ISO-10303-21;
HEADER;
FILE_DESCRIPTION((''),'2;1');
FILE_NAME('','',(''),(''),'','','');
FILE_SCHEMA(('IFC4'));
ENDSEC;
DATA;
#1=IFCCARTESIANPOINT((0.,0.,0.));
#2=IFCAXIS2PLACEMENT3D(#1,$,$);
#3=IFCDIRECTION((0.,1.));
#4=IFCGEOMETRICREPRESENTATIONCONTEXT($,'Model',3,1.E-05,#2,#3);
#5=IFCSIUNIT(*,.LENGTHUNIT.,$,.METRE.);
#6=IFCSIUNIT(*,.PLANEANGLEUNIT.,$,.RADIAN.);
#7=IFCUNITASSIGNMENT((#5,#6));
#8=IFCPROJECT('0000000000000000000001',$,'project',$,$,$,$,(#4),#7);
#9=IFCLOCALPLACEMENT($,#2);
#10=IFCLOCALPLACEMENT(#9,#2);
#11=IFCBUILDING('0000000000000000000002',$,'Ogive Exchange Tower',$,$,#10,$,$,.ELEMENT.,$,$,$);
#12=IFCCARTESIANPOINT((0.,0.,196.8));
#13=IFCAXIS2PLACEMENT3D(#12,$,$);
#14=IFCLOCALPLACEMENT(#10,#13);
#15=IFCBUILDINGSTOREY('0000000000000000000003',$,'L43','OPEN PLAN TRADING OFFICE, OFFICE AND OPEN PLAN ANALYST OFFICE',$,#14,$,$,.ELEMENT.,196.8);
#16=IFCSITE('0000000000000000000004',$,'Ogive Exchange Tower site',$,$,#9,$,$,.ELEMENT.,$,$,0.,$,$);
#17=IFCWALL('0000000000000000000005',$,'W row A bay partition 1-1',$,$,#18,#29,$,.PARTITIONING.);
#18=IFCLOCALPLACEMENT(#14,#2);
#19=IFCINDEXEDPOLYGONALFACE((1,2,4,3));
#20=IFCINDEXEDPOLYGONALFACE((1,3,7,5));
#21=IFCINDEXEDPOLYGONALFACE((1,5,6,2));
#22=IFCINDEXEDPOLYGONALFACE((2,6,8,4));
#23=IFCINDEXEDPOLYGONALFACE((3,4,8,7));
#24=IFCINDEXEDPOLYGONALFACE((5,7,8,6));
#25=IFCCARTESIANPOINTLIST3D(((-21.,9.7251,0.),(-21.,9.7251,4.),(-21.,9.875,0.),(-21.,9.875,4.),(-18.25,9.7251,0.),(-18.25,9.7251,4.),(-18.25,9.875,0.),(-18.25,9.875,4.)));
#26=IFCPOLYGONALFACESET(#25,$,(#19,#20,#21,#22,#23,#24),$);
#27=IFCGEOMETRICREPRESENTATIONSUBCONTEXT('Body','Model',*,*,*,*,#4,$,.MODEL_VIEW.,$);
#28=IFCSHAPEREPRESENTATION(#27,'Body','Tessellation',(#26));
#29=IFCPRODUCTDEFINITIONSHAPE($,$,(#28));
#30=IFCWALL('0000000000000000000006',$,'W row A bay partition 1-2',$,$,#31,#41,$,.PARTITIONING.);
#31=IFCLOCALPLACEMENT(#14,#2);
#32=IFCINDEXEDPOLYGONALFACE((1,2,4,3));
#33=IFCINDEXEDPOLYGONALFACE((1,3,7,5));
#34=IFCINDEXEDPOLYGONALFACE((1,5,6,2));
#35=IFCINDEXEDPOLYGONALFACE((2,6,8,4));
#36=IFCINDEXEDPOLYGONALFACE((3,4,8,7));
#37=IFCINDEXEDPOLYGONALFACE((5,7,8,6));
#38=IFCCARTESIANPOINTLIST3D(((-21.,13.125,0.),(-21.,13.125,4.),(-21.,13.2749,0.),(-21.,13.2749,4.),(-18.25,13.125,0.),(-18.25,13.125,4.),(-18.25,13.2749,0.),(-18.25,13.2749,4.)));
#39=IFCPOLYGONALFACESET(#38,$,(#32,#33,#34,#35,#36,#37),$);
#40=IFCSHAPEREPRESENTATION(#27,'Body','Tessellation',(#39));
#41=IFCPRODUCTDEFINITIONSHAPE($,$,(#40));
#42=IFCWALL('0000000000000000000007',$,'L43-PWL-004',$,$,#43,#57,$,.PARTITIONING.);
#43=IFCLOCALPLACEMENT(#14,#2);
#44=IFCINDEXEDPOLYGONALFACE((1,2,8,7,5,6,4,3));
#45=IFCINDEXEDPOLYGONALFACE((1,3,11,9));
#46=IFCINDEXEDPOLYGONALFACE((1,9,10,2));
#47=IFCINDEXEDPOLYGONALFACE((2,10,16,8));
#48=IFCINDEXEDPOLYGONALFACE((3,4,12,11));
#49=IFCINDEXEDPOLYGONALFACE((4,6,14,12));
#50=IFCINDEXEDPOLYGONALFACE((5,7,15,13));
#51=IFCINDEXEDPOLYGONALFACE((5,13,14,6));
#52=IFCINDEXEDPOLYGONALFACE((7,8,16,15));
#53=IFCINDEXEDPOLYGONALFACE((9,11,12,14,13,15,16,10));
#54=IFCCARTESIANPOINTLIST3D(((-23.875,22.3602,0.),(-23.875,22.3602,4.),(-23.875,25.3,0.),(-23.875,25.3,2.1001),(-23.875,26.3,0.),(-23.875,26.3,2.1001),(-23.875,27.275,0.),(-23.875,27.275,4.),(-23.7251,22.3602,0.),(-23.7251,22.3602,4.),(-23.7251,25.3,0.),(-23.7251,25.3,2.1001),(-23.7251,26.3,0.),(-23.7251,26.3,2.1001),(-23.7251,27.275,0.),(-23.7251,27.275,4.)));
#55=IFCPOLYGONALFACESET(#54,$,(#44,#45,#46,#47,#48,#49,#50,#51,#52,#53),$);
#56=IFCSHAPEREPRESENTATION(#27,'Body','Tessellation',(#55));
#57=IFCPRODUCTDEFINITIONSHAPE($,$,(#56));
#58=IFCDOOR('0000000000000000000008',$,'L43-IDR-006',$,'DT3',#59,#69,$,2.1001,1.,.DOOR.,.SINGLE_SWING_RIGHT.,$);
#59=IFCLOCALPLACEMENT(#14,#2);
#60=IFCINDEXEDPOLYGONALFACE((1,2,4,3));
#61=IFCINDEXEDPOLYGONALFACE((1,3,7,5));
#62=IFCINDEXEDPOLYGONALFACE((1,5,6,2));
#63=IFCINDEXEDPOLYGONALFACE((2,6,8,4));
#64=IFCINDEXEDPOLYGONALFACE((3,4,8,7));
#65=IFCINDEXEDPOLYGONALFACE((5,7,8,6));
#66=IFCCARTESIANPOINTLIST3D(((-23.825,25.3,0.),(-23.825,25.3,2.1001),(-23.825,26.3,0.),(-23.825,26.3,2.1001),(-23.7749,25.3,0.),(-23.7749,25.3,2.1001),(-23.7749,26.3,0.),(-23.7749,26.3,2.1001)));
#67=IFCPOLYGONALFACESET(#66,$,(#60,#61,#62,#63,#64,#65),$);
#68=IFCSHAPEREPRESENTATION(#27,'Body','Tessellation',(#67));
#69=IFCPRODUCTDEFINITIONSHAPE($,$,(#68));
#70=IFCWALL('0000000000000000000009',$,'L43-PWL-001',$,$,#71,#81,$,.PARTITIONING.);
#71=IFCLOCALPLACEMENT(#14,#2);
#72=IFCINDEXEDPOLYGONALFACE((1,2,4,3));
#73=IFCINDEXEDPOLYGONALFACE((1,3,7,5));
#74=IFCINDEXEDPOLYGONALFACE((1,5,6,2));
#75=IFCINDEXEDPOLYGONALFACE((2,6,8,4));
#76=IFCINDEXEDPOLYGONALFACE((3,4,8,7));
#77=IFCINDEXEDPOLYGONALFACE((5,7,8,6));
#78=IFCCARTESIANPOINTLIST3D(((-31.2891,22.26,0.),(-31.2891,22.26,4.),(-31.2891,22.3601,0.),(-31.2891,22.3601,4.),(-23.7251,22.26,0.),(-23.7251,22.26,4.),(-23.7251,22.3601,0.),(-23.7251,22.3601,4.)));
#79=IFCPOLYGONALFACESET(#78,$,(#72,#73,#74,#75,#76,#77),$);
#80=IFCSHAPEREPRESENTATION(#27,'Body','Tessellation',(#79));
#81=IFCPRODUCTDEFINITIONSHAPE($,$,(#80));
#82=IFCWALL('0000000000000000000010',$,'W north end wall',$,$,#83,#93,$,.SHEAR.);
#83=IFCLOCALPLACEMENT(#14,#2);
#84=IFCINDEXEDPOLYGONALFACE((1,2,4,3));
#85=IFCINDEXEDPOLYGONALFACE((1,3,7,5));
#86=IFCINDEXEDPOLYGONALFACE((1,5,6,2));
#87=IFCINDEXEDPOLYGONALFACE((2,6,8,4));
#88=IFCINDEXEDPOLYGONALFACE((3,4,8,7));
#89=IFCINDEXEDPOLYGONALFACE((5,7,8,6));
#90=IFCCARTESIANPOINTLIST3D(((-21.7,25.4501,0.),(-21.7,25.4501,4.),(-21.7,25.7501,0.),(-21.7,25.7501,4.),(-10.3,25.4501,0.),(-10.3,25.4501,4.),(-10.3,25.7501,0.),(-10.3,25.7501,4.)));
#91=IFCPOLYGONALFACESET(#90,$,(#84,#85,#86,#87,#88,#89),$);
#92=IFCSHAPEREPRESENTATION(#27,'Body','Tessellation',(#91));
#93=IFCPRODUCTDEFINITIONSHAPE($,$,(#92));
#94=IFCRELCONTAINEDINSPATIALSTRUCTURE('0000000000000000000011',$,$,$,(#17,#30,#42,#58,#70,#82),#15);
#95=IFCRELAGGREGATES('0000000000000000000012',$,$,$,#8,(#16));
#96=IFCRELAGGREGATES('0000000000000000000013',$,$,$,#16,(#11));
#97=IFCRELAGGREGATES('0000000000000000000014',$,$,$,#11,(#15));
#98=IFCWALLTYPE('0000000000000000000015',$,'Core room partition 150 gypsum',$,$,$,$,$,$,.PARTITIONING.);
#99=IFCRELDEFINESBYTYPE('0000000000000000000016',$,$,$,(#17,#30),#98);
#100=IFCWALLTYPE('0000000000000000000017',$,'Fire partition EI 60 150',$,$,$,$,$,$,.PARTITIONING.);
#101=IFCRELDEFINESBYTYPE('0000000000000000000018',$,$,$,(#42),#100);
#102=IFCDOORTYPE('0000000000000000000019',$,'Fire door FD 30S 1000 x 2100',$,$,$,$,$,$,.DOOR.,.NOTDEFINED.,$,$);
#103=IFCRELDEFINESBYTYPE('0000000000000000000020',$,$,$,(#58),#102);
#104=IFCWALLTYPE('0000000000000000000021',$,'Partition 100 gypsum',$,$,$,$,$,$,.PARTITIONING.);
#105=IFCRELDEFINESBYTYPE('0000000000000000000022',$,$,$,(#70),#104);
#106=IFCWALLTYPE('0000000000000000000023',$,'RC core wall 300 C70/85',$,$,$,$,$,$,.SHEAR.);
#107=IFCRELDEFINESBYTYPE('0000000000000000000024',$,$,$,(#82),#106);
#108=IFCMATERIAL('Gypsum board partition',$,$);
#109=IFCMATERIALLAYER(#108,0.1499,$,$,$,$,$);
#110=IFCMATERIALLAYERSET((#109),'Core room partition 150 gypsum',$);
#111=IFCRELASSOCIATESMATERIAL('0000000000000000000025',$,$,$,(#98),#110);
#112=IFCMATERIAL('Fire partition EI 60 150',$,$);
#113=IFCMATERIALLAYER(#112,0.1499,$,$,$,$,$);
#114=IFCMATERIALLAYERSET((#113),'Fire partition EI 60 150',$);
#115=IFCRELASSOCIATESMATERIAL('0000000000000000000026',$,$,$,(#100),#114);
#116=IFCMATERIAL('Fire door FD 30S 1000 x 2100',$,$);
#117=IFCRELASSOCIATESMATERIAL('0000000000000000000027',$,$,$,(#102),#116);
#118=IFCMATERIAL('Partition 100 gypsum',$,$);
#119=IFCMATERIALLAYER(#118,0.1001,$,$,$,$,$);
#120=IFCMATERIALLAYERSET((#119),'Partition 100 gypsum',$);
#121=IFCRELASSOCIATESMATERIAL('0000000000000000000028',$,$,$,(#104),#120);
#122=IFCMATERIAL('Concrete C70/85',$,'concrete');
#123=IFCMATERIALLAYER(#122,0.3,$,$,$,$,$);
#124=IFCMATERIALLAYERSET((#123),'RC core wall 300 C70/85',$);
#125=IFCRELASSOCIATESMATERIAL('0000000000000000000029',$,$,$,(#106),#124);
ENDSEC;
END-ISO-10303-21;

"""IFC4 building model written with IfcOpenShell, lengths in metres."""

from ifc_helpers import new_model, si_unit, direction, frame, frame_2d, origin, place, context, subcontext, project, spatial, rectangle, extrude, material, layer, layer_set, type_object, element, fill, save


model = new_model("IFC4")

# Units and contexts
model_context = context("Model", 3, precision=1e-05, world=origin(), true_north=direction((0.0, 1.0)))
body_context = subcontext(model_context, "Body", "Model", "MODEL_VIEW")
ifc_project = project(units=[si_unit("LENGTHUNIT", "METRE"), si_unit("PLANEANGLEUNIT", "RADIAN")], contexts=[model_context])

# Site, building, storey
site_placement = place(None, origin())
site = spatial("IfcSite", under=ifc_project, at=site_placement, Name="Ogive Exchange Tower site", CompositionType="ELEMENT", RefElevation=0.0)
building_placement = place(site_placement, origin())
building = spatial("IfcBuilding", under=site, at=building_placement, Name="Ogive Exchange Tower", CompositionType="ELEMENT")
storey_placement = place(building_placement, frame((0.0, 0.0, 196.8)))
storey = spatial("IfcBuildingStorey", under=building, at=storey_placement, Name="L43", Description="OPEN PLAN TRADING OFFICE, OFFICE AND OPEN PLAN ANALYST OFFICE", CompositionType="ELEMENT", Elevation=196.8)

# Walls
ifc_material_1 = material(Name="Gypsum board partition")
ifc_layer_1 = layer(ifc_material_1, 0.1499)
ifc_layer_set_1 = layer_set([ifc_layer_1], Name="Core room partition 150 gypsum")
wall_type_1 = type_object("IfcWallType", Name="Core room partition 150 gypsum", PredefinedType="PARTITIONING", material=ifc_layer_set_1)
for number, where, z_axis, x_axis, name in (
    (1, (-21.0, 9.8, 0.0), (0.0, 0.0, 1.0), (1.0, 0.0, 0.0), "W row A bay partition 1-1"),
    (2, (-21.0, 13.2, 0.0), (0.0, 0.0, 1.0), (1.0, 0.0, 0.0), "W row A bay partition 1-2"),
):
    element("IfcWall", number, at=place(storey_placement, frame(where, z_axis=z_axis, x_axis=x_axis)), inside=storey, type_object=wall_type_1, Name=name, PredefinedType="PARTITIONING", context=body_context, shape_type="SweptSolid", body=[
        extrude(rectangle(XDim=2.75, YDim=0.1499, at=frame_2d((1.375, 0.0))), origin(), (0.0, 0.0, 1.0), 4.0),
    ])

# Wall, opening, door
ifc_material_2 = material(Name="Fire partition EI 60 150")
ifc_layer_2 = layer(ifc_material_2, 0.1499)
ifc_layer_set_2 = layer_set([ifc_layer_2], Name="Fire partition EI 60 150")
wall_type_2 = type_object("IfcWallType", Name="Fire partition EI 60 150", PredefinedType="PARTITIONING", material=ifc_layer_set_2)
wall_1_placement = place(storey_placement, frame((-23.8, 22.3601, 0.0), z_axis=(0.0, 0.0, 1.0), x_axis=(0.0, 1.0, 0.0)))
wall_1 = element("IfcWall", 3, at=wall_1_placement, inside=storey, type_object=wall_type_2, Name="L43-PWL-004", PredefinedType="PARTITIONING", context=body_context, shape_type="SweptSolid", body=[
    extrude(rectangle(XDim=4.9148, YDim=0.1499, at=frame_2d((2.4575, 0.0))), origin(), (0.0, 0.0, 1.0), 4.0),
])
opening_placement = place(wall_1_placement, frame((2.9399, 0.0, 0.0)))
opening = element("IfcOpeningElement", 4, at=opening_placement, cuts=wall_1, PredefinedType="OPENING", context=body_context, shape_type="SweptSolid", body=[
    extrude(rectangle(XDim=1.0, YDim=2.1001, at=frame_2d((0.5, 1.05))), frame((0.0, 0.085, 0.0), z_axis=(0.0, -1.0, 0.0), x_axis=(1.0, 0.0, 0.0)), (0.0, 0.0, 1.0), 0.1699),
])
ifc_material_3 = material(Name="Fire door FD 30S 1000 x 2100")
door_type = type_object("IfcDoorType", Name="Fire door FD 30S 1000 x 2100", OperationType="NOTDEFINED", PredefinedType="DOOR", material=ifc_material_3)
door_placement = place(opening_placement, origin())
door = element("IfcDoor", 5, at=door_placement, inside=storey, type_object=door_type, Name="L43-IDR-006", ObjectType="DT3", OperationType="SINGLE_SWING_RIGHT", OverallHeight=2.1001, OverallWidth=1.0, PredefinedType="DOOR", context=body_context, shape_type="SweptSolid", body=[
    extrude(rectangle(XDim=1.0, YDim=2.1001, at=frame_2d((0.5, 1.05))), frame((0.0, 0.0249, 0.0), z_axis=(0.0, -1.0, 0.0), x_axis=(1.0, 0.0, 0.0)), (0.0, 0.0, 1.0), 0.05),
])
fill(opening, door)

# Walls
ifc_material_4 = material(Name="Partition 100 gypsum")
ifc_layer_3 = layer(ifc_material_4, 0.1001)
ifc_layer_set_3 = layer_set([ifc_layer_3], Name="Partition 100 gypsum")
wall_type_3 = type_object("IfcWallType", Name="Partition 100 gypsum", PredefinedType="PARTITIONING", material=ifc_layer_set_3)
wall_2_placement = place(storey_placement, frame((-31.2891, 22.3101, 0.0), z_axis=(0.0, 0.0, 1.0), x_axis=(1.0, 0.0, 0.0)))
element("IfcWall", 6, at=wall_2_placement, inside=storey, type_object=wall_type_3, Name="L43-PWL-001", PredefinedType="PARTITIONING", context=body_context, shape_type="SweptSolid", body=[
    extrude(rectangle(XDim=7.564, YDim=0.1001, at=frame_2d((3.782, 0.0))), origin(), (0.0, 0.0, 1.0), 4.0),
])
ifc_material_5 = material(Name="Concrete C70/85", Category="concrete")
ifc_layer_4 = layer(ifc_material_5, 0.3)
ifc_layer_set_4 = layer_set([ifc_layer_4], Name="RC core wall 300 C70/85")
wall_type_4 = type_object("IfcWallType", Name="RC core wall 300 C70/85", PredefinedType="SHEAR", material=ifc_layer_set_4)
wall_3_placement = place(storey_placement, frame((-21.7, 25.6001, 0.0), z_axis=(0.0, 0.0, 1.0), x_axis=(1.0, 0.0, 0.0)))
element("IfcWall", 7, at=wall_3_placement, inside=storey, type_object=wall_type_4, Name="W north end wall", PredefinedType="SHEAR", context=body_context, shape_type="SweptSolid", body=[
    extrude(rectangle(XDim=11.3999, YDim=0.3, at=frame_2d((5.7, 0.0))), origin(), (0.0, 0.0, 1.0), 4.0),
])

save(model, "model.ifc")
